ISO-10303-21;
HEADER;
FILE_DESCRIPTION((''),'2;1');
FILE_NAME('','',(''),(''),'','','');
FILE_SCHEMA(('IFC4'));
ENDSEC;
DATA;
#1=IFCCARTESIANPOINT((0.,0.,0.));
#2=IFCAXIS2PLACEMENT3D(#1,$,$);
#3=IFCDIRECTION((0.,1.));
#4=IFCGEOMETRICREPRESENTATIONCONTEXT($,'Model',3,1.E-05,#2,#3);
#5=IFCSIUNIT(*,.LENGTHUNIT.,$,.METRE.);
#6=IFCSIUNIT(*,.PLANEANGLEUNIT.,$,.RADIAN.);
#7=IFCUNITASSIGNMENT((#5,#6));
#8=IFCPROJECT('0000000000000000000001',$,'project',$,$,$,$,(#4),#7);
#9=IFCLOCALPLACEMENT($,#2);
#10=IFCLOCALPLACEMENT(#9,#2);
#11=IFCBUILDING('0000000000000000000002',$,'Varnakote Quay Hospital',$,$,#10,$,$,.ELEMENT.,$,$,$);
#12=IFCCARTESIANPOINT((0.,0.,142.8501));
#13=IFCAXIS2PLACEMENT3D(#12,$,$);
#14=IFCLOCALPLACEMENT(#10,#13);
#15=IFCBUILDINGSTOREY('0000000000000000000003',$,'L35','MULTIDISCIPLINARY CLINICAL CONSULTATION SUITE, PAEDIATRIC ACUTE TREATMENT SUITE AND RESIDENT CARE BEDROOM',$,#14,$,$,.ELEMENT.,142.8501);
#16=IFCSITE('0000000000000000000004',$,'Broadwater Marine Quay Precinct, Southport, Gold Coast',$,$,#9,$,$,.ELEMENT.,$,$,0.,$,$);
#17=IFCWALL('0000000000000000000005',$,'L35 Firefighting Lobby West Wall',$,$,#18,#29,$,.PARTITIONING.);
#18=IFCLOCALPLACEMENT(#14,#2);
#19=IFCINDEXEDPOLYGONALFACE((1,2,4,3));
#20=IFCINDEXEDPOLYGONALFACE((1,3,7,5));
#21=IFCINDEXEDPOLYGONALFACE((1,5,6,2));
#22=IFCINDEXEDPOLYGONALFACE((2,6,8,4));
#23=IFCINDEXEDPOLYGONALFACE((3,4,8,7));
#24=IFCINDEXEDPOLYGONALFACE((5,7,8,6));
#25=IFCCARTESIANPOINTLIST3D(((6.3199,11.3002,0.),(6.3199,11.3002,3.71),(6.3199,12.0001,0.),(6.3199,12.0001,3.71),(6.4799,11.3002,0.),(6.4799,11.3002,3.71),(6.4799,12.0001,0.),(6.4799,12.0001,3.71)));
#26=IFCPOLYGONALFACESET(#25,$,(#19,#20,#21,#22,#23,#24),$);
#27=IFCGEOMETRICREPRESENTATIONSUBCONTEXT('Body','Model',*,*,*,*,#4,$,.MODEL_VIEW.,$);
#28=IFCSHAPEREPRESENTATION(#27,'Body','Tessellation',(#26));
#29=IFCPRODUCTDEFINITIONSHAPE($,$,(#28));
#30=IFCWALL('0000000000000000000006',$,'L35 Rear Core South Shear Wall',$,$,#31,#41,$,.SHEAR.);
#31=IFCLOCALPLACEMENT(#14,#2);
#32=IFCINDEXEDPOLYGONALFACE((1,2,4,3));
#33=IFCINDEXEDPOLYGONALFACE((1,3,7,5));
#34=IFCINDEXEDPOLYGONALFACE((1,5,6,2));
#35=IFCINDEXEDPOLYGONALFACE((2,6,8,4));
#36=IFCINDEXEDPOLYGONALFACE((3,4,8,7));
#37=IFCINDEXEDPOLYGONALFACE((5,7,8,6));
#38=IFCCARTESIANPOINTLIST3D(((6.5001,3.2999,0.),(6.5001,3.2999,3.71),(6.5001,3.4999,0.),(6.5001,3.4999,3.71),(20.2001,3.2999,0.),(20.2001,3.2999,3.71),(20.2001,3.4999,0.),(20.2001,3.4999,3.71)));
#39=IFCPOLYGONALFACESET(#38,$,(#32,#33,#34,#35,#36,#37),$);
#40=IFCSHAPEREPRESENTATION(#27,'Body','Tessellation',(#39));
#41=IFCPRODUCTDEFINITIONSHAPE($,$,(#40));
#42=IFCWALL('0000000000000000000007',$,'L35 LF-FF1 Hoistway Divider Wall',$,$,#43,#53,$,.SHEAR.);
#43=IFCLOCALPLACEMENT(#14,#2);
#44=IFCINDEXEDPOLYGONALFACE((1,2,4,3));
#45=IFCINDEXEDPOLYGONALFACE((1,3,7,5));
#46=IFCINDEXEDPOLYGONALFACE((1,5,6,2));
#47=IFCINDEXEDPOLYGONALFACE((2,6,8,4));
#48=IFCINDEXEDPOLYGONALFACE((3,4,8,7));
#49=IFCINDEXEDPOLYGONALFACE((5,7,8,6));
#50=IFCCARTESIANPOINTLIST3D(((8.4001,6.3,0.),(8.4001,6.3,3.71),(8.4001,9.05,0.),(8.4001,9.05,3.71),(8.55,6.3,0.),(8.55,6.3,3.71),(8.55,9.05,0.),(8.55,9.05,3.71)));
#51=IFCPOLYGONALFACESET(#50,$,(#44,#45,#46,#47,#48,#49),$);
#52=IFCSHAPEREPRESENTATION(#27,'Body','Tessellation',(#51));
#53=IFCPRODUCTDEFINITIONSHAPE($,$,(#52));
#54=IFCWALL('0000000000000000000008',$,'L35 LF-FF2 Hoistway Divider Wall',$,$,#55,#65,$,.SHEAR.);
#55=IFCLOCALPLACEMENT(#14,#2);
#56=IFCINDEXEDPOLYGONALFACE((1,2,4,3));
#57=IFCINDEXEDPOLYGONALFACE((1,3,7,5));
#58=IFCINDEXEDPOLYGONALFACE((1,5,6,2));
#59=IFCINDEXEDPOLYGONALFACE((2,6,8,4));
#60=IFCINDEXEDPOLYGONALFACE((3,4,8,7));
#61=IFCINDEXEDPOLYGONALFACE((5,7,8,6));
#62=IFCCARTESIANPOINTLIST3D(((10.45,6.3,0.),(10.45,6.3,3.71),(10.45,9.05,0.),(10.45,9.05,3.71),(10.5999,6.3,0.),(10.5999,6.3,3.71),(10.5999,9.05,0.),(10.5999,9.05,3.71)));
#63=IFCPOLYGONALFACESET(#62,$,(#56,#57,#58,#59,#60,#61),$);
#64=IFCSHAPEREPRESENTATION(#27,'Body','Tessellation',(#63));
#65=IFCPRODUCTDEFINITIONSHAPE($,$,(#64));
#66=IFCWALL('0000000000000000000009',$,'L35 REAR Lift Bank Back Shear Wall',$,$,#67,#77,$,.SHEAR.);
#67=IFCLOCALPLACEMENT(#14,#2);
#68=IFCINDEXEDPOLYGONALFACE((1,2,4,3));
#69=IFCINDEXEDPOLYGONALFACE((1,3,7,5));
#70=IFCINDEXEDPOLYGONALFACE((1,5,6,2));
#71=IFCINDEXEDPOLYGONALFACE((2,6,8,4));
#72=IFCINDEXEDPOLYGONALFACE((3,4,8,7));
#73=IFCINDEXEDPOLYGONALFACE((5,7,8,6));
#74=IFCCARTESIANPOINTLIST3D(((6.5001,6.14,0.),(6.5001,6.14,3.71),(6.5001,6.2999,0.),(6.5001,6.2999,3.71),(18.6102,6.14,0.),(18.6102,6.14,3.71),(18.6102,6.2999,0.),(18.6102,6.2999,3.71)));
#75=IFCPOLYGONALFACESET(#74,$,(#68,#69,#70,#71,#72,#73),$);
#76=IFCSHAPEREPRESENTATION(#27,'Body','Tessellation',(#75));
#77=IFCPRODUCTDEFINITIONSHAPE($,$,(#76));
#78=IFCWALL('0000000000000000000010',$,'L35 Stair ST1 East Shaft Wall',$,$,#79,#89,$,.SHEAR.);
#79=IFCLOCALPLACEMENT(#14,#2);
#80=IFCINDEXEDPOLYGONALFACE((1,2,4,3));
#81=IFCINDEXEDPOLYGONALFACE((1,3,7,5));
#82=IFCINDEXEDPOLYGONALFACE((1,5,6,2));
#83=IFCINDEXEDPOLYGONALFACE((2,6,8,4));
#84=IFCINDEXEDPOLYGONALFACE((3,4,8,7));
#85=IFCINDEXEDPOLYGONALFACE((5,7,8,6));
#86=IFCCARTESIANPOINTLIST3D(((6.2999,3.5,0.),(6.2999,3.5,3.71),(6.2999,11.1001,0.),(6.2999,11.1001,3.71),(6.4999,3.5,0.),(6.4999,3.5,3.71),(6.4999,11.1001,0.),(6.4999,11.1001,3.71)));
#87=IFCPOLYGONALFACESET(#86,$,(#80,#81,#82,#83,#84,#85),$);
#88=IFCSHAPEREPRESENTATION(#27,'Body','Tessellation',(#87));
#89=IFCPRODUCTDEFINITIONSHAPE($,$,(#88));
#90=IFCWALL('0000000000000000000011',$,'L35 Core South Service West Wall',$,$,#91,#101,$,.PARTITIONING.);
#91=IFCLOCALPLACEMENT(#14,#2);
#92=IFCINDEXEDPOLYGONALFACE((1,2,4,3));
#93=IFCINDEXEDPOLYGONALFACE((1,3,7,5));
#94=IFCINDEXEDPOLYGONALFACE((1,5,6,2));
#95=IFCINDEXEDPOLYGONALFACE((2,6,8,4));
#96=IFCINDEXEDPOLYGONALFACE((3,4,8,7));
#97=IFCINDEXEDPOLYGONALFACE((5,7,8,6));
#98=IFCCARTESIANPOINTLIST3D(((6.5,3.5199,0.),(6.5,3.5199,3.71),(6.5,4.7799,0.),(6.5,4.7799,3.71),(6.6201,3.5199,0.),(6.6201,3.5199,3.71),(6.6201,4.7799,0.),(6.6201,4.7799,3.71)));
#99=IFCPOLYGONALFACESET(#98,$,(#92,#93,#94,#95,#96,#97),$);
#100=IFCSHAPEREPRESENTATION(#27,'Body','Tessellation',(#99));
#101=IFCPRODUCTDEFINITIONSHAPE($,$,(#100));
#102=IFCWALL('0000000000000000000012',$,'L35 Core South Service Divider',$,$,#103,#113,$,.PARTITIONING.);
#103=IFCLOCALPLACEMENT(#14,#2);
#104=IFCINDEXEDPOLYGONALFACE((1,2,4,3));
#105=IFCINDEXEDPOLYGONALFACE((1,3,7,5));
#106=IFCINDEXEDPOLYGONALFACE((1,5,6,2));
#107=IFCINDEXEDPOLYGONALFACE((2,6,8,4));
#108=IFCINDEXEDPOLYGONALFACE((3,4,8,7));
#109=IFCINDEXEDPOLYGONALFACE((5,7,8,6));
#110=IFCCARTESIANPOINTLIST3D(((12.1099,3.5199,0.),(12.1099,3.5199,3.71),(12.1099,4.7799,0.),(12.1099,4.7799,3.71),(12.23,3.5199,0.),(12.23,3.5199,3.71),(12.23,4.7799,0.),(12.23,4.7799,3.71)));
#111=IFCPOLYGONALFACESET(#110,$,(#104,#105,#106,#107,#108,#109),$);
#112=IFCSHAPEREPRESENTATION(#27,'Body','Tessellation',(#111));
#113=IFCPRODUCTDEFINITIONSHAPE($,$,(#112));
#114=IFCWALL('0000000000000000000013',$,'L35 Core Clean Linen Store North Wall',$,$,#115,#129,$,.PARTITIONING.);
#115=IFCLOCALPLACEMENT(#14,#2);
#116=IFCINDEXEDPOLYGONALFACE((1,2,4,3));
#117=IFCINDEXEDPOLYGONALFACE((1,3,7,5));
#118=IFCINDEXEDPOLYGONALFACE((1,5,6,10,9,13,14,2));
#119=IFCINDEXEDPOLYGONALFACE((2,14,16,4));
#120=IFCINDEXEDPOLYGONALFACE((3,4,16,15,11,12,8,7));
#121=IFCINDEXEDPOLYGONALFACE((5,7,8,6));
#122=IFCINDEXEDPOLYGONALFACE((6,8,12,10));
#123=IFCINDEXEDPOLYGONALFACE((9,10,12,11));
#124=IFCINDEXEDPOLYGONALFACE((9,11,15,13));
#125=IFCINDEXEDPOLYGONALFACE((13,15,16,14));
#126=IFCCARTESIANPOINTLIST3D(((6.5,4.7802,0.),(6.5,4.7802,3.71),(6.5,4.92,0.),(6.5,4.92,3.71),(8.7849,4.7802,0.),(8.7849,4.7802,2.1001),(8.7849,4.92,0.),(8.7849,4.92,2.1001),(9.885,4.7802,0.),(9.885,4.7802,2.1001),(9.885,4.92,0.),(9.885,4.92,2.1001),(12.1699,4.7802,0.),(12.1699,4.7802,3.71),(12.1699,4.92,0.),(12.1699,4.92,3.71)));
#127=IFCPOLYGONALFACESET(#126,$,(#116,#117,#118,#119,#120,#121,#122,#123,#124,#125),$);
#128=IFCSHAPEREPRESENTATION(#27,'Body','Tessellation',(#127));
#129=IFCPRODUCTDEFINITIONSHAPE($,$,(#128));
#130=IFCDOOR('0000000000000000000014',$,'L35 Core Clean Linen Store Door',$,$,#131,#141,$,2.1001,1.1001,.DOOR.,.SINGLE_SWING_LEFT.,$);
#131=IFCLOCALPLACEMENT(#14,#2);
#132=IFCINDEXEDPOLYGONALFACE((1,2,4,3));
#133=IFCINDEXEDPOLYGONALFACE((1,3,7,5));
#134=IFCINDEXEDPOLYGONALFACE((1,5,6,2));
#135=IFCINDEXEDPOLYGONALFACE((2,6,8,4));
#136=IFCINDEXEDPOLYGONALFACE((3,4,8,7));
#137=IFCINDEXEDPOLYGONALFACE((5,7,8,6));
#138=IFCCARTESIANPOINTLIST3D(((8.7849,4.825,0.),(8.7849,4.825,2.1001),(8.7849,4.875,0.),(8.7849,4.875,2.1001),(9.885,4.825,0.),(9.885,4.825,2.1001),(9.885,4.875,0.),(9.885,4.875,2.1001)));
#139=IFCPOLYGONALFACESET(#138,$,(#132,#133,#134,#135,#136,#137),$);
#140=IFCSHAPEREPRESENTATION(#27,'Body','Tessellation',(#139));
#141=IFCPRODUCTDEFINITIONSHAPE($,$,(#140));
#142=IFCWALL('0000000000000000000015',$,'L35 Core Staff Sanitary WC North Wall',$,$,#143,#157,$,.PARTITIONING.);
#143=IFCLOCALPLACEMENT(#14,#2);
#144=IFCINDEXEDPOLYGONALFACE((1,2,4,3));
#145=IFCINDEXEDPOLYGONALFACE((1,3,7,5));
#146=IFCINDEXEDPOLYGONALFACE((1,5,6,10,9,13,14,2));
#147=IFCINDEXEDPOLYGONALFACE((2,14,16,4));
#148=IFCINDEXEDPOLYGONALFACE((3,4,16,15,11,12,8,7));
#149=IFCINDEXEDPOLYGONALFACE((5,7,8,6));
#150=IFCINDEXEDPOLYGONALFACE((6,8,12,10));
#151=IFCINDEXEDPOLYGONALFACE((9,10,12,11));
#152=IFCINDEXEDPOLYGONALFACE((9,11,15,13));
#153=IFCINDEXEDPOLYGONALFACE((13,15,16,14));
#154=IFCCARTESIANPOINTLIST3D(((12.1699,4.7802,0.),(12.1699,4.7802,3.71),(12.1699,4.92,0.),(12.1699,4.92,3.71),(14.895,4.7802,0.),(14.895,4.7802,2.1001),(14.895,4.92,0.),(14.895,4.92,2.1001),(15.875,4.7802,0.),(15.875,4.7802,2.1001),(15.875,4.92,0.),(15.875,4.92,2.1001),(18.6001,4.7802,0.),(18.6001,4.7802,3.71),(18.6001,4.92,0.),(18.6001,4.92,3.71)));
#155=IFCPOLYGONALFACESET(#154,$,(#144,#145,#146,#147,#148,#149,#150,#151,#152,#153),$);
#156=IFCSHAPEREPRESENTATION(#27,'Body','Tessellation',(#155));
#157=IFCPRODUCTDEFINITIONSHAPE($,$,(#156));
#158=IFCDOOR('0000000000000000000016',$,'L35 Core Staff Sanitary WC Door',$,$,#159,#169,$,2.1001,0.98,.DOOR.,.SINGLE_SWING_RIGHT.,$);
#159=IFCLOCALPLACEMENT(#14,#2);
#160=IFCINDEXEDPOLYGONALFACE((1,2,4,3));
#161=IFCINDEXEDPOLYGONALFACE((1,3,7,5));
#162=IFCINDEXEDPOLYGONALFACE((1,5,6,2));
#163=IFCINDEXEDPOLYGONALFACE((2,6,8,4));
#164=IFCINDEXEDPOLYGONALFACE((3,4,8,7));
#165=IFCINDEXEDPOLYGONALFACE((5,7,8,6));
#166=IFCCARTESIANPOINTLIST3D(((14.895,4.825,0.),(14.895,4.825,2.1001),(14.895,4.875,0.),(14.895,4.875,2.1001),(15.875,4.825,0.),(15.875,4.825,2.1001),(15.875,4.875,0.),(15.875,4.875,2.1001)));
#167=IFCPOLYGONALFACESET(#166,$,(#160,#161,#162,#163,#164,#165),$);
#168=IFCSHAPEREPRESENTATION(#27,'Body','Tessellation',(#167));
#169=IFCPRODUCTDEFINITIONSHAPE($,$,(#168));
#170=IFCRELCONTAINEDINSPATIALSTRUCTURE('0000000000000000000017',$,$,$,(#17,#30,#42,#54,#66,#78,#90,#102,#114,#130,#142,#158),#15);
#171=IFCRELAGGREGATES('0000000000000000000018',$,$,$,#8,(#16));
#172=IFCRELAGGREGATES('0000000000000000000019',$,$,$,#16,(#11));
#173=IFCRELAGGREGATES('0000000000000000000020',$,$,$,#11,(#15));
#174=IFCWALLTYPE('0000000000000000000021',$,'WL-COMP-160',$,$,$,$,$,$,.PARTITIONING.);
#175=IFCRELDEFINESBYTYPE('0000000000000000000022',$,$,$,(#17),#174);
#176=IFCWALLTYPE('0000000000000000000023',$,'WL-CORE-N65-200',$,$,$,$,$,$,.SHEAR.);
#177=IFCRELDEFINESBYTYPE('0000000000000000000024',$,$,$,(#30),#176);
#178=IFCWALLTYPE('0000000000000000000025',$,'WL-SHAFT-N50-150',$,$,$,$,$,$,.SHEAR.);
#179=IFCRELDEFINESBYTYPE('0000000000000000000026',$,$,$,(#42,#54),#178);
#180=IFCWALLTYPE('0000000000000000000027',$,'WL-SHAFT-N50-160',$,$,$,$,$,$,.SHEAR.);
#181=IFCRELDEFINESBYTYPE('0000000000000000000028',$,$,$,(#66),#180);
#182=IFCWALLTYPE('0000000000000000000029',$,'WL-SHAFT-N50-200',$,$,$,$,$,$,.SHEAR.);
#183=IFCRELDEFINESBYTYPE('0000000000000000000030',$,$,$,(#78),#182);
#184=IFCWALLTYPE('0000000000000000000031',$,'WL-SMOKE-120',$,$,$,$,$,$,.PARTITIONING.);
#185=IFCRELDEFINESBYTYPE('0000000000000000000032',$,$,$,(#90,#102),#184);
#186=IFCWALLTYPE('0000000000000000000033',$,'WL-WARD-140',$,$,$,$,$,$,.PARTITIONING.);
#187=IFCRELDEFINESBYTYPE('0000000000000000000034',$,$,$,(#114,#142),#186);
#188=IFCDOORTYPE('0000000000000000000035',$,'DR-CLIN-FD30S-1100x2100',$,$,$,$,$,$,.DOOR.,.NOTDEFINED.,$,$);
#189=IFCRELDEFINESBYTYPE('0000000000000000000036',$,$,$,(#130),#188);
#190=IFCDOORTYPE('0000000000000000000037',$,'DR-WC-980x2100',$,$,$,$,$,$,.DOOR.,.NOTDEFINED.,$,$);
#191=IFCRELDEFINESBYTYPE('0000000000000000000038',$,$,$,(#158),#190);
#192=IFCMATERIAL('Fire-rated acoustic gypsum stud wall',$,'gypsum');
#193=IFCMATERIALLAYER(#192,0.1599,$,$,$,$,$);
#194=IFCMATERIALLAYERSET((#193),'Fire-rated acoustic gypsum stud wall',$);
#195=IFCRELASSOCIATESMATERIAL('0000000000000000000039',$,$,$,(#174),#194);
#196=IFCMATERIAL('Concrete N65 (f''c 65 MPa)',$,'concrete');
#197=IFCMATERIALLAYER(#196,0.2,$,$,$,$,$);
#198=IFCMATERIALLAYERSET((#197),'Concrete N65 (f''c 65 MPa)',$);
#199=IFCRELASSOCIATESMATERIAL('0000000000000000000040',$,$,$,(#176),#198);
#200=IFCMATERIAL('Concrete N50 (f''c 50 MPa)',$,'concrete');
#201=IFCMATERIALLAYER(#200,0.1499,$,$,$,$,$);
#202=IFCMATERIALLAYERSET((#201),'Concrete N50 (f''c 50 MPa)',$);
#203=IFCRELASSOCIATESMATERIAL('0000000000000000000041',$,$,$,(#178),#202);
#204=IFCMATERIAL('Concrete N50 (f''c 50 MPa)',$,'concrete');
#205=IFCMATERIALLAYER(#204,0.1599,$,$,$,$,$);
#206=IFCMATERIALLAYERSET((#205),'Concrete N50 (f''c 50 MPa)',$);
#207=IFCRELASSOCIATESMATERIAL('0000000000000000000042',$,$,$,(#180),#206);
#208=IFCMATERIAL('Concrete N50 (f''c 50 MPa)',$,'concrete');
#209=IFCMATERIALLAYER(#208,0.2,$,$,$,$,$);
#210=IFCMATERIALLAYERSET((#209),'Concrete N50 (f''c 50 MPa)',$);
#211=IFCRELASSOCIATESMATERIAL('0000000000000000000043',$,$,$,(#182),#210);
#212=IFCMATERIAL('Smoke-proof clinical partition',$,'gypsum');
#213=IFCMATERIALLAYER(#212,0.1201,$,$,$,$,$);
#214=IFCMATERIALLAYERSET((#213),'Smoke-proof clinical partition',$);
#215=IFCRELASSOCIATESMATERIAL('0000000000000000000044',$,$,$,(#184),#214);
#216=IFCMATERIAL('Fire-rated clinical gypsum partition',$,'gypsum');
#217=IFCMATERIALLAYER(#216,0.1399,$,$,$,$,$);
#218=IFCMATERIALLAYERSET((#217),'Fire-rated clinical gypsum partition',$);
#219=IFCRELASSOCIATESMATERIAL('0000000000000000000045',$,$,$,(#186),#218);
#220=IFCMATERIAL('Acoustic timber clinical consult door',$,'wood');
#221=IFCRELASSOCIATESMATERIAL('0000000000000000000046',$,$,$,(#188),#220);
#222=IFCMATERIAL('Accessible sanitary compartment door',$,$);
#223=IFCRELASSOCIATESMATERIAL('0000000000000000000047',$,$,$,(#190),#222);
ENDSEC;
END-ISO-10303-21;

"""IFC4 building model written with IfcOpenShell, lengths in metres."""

from ifc_helpers import new_model, si_unit, direction, frame, frame_2d, origin, place, context, subcontext, project, spatial, rectangle, extrude, material, layer, layer_set, type_object, element, fill, save


model = new_model("IFC4")

# Units and contexts
model_context = context("Model", 3, precision=1e-05, world=origin(), true_north=direction((0.0, 1.0)))
body_context = subcontext(model_context, "Body", "Model", "MODEL_VIEW")
ifc_project = project(units=[si_unit("LENGTHUNIT", "METRE"), si_unit("PLANEANGLEUNIT", "RADIAN")], contexts=[model_context])

# Site, building, storey
site_placement = place(None, origin())
site = spatial("IfcSite", under=ifc_project, at=site_placement, Name="Broadwater Marine Quay Precinct, Southport, Gold Coast", CompositionType="ELEMENT", RefElevation=0.0)
building_placement = place(site_placement, origin())
building = spatial("IfcBuilding", under=site, at=building_placement, Name="Varnakote Quay Hospital", CompositionType="ELEMENT")
storey_placement = place(building_placement, frame((0.0, 0.0, 142.8501)))
storey = spatial("IfcBuildingStorey", under=building, at=storey_placement, Name="L35", Description="MULTIDISCIPLINARY CLINICAL CONSULTATION SUITE, PAEDIATRIC ACUTE TREATMENT SUITE AND RESIDENT CARE BEDROOM", CompositionType="ELEMENT", Elevation=142.8501)

# Walls
ifc_material_1 = material(Name="Fire-rated acoustic gypsum stud wall", Category="gypsum")
ifc_layer_1 = layer(ifc_material_1, 0.1599)
ifc_layer_set_1 = layer_set([ifc_layer_1], Name="Fire-rated acoustic gypsum stud wall")
wall_type_1 = type_object("IfcWallType", Name="WL-COMP-160", PredefinedType="PARTITIONING", material=ifc_layer_set_1)
wall_1_placement = place(storey_placement, frame((6.3999, 11.3, 0.0), z_axis=(0.0, 0.0, 1.0), x_axis=(0.0, 1.0, 0.0)))
element("IfcWall", 1, at=wall_1_placement, inside=storey, type_object=wall_type_1, Name="L35 Firefighting Lobby West Wall", PredefinedType="PARTITIONING", context=body_context, shape_type="SweptSolid", body=[
    extrude(rectangle(XDim=0.7, YDim=0.1599, at=frame_2d((0.3501, 0.0))), origin(), (0.0, 0.0, 1.0), 3.71),
])
ifc_material_2 = material(Name="Concrete N65 (f'c 65 MPa)", Category="concrete")
ifc_layer_2 = layer(ifc_material_2, 0.2)
ifc_layer_set_2 = layer_set([ifc_layer_2], Name="Concrete N65 (f'c 65 MPa)")
wall_type_2 = type_object("IfcWallType", Name="WL-CORE-N65-200", PredefinedType="SHEAR", material=ifc_layer_set_2)
wall_2_placement = place(storey_placement, frame((6.5, 3.3999, 0.0), z_axis=(0.0, 0.0, 1.0), x_axis=(1.0, 0.0, 0.0)))
element("IfcWall", 2, at=wall_2_placement, inside=storey, type_object=wall_type_2, Name="L35 Rear Core South Shear Wall", PredefinedType="SHEAR", context=body_context, shape_type="SweptSolid", body=[
    extrude(rectangle(XDim=13.7, YDim=0.2, at=frame_2d((6.8501, 0.0))), origin(), (0.0, 0.0, 1.0), 3.71),
])
ifc_material_3 = material(Name="Concrete N50 (f'c 50 MPa)", Category="concrete")
ifc_layer_3 = layer(ifc_material_3, 0.1499)
ifc_layer_set_3 = layer_set([ifc_layer_3], Name="Concrete N50 (f'c 50 MPa)")
wall_type_3 = type_object("IfcWallType", Name="WL-SHAFT-N50-150", PredefinedType="SHEAR", material=ifc_layer_set_3)
for number, where, z_axis, x_axis, name in (
    (3, (8.4751, 6.3, 0.0), (0.0, 0.0, 1.0), (0.0, 1.0, 0.0), "L35 LF-FF1 Hoistway Divider Wall"),
    (4, (10.5249, 6.3, 0.0), (0.0, 0.0, 1.0), (0.0, 1.0, 0.0), "L35 LF-FF2 Hoistway Divider Wall"),
):
    element("IfcWall", number, at=place(storey_placement, frame(where, z_axis=z_axis, x_axis=x_axis)), inside=storey, type_object=wall_type_3, Name=name, PredefinedType="SHEAR", context=body_context, shape_type="SweptSolid", body=[
        extrude(rectangle(XDim=2.75, YDim=0.1499, at=frame_2d((1.375, 0.0))), origin(), (0.0, 0.0, 1.0), 3.71),
    ])
ifc_material_4 = material(Name="Concrete N50 (f'c 50 MPa)", Category="concrete")
ifc_layer_4 = layer(ifc_material_4, 0.1599)
ifc_layer_set_4 = layer_set([ifc_layer_4], Name="Concrete N50 (f'c 50 MPa)")
wall_type_4 = type_object("IfcWallType", Name="WL-SHAFT-N50-160", PredefinedType="SHEAR", material=ifc_layer_set_4)
wall_3_placement = place(storey_placement, frame((6.5, 6.22, 0.0), z_axis=(0.0, 0.0, 1.0), x_axis=(1.0, 0.0, 0.0)))
element("IfcWall", 5, at=wall_3_placement, inside=storey, type_object=wall_type_4, Name="L35 REAR Lift Bank Back Shear Wall", PredefinedType="SHEAR", context=body_context, shape_type="SweptSolid", body=[
    extrude(rectangle(XDim=12.1101, YDim=0.1599, at=frame_2d((6.0552, 0.0))), origin(), (0.0, 0.0, 1.0), 3.71),
])

# Walls
ifc_material_5 = material(Name="Concrete N50 (f'c 50 MPa)", Category="concrete")
ifc_layer_5 = layer(ifc_material_5, 0.2)
ifc_layer_set_5 = layer_set([ifc_layer_5], Name="Concrete N50 (f'c 50 MPa)")
wall_type_5 = type_object("IfcWallType", Name="WL-SHAFT-N50-200", PredefinedType="SHEAR", material=ifc_layer_set_5)
wall_4_placement = place(storey_placement, frame((6.3999, 3.5, 0.0), z_axis=(0.0, 0.0, 1.0), x_axis=(0.0, 1.0, 0.0)))
element("IfcWall", 6, at=wall_4_placement, inside=storey, type_object=wall_type_5, Name="L35 Stair ST1 East Shaft Wall", PredefinedType="SHEAR", context=body_context, shape_type="SweptSolid", body=[
    extrude(rectangle(XDim=7.6001, YDim=0.2, at=frame_2d((3.8, 0.0))), origin(), (0.0, 0.0, 1.0), 3.71),
])
ifc_material_6 = material(Name="Smoke-proof clinical partition", Category="gypsum")
ifc_layer_6 = layer(ifc_material_6, 0.1201)
ifc_layer_set_6 = layer_set([ifc_layer_6], Name="Smoke-proof clinical partition")
wall_type_6 = type_object("IfcWallType", Name="WL-SMOKE-120", PredefinedType="PARTITIONING", material=ifc_layer_set_6)
for number, where, z_axis, x_axis, name in (
    (7, (6.5601, 3.52, 0.0), (0.0, 0.0, 1.0), (0.0, 1.0, 0.0), "L35 Core South Service West Wall"),
    (8, (12.1699, 3.52, 0.0), (0.0, 0.0, 1.0), (0.0, 1.0, 0.0), "L35 Core South Service Divider"),
):
    element("IfcWall", number, at=place(storey_placement, frame(where, z_axis=z_axis, x_axis=x_axis)), inside=storey, type_object=wall_type_6, Name=name, PredefinedType="PARTITIONING", context=body_context, shape_type="SweptSolid", body=[
        extrude(rectangle(XDim=1.26, YDim=0.1201, at=frame_2d((0.6299, 0.0))), origin(), (0.0, 0.0, 1.0), 3.71),
    ])

# Walls, openings, doors
ifc_material_7 = material(Name="Fire-rated clinical gypsum partition", Category="gypsum")
ifc_layer_7 = layer(ifc_material_7, 0.1399)
ifc_layer_set_7 = layer_set([ifc_layer_7], Name="Fire-rated clinical gypsum partition")
wall_type_7 = type_object("IfcWallType", Name="WL-WARD-140", PredefinedType="PARTITIONING", material=ifc_layer_set_7)
wall_5_placement = place(storey_placement, frame((6.5, 4.8501, 0.0), z_axis=(0.0, 0.0, 1.0), x_axis=(1.0, 0.0, 0.0)))
wall_5 = element("IfcWall", 9, at=wall_5_placement, inside=storey, type_object=wall_type_7, Name="L35 Core Clean Linen Store North Wall", PredefinedType="PARTITIONING", context=body_context, shape_type="SweptSolid", body=[
    extrude(rectangle(XDim=5.6699, YDim=0.1399, at=frame_2d((2.835, 0.0))), origin(), (0.0, 0.0, 1.0), 3.71),
])
opening_1_placement = place(wall_5_placement, frame((2.2849, 0.0, 0.0)))
opening_1 = element("IfcOpeningElement", 10, at=opening_1_placement, cuts=wall_5, PredefinedType="OPENING", context=body_context, shape_type="SweptSolid", body=[
    extrude(rectangle(XDim=1.1001, YDim=2.1001, at=frame_2d((0.55, 1.05))), frame((0.0, 0.0798, 0.0), z_axis=(0.0, -1.0, 0.0), x_axis=(1.0, 0.0, 0.0)), (0.0, 0.0, 1.0), 0.1599),
])
ifc_material_8 = material(Name="Acoustic timber clinical consult door", Category="wood")
door_type_1 = type_object("IfcDoorType", Name="DR-CLIN-FD30S-1100x2100", OperationType="NOTDEFINED", PredefinedType="DOOR", material=ifc_material_8)
door_1_placement = place(opening_1_placement, origin())
door_1 = element("IfcDoor", 11, at=door_1_placement, inside=storey, type_object=door_type_1, Name="L35 Core Clean Linen Store Door", OperationType="SINGLE_SWING_LEFT", OverallHeight=2.1001, OverallWidth=1.1001, PredefinedType="DOOR", context=body_context, shape_type="SweptSolid", body=[
    extrude(rectangle(XDim=1.1001, YDim=2.1001, at=frame_2d((0.55, 1.05))), frame((0.0, 0.0249, 0.0), z_axis=(0.0, -1.0, 0.0), x_axis=(1.0, 0.0, 0.0)), (0.0, 0.0, 1.0), 0.05),
])
fill(opening_1, door_1)
wall_6_placement = place(storey_placement, frame((12.1699, 4.8501, 0.0), z_axis=(0.0, 0.0, 1.0), x_axis=(1.0, 0.0, 0.0)))
wall_6 = element("IfcWall", 12, at=wall_6_placement, inside=storey, type_object=wall_type_7, Name="L35 Core Staff Sanitary WC North Wall", PredefinedType="PARTITIONING", context=body_context, shape_type="SweptSolid", body=[
    extrude(rectangle(XDim=6.4302, YDim=0.1399, at=frame_2d((3.2151, 0.0))), origin(), (0.0, 0.0, 1.0), 3.71),
])
opening_2_placement = place(wall_6_placement, frame((2.7251, 0.0, 0.0)))
opening_2 = element("IfcOpeningElement", 13, at=opening_2_placement, cuts=wall_6, PredefinedType="OPENING", context=body_context, shape_type="SweptSolid", body=[
    extrude(rectangle(XDim=0.98, YDim=2.1001, at=frame_2d((0.49, 1.05))), frame((0.0, 0.0798, 0.0), z_axis=(0.0, -1.0, 0.0), x_axis=(1.0, 0.0, 0.0)), (0.0, 0.0, 1.0), 0.1599),
])
ifc_material_9 = material(Name="Accessible sanitary compartment door")
door_type_2 = type_object("IfcDoorType", Name="DR-WC-980x2100", OperationType="NOTDEFINED", PredefinedType="DOOR", material=ifc_material_9)
door_2_placement = place(opening_2_placement, origin())
door_2 = element("IfcDoor", 14, at=door_2_placement, inside=storey, type_object=door_type_2, Name="L35 Core Staff Sanitary WC Door", OperationType="SINGLE_SWING_RIGHT", OverallHeight=2.1001, OverallWidth=0.98, PredefinedType="DOOR", context=body_context, shape_type="SweptSolid", body=[
    extrude(rectangle(XDim=0.98, YDim=2.1001, at=frame_2d((0.49, 1.05))), frame((0.0, 0.0249, 0.0), z_axis=(0.0, -1.0, 0.0), x_axis=(1.0, 0.0, 0.0)), (0.0, 0.0, 1.0), 0.05),
])
fill(opening_2, door_2)

save(model, "model.ifc")
